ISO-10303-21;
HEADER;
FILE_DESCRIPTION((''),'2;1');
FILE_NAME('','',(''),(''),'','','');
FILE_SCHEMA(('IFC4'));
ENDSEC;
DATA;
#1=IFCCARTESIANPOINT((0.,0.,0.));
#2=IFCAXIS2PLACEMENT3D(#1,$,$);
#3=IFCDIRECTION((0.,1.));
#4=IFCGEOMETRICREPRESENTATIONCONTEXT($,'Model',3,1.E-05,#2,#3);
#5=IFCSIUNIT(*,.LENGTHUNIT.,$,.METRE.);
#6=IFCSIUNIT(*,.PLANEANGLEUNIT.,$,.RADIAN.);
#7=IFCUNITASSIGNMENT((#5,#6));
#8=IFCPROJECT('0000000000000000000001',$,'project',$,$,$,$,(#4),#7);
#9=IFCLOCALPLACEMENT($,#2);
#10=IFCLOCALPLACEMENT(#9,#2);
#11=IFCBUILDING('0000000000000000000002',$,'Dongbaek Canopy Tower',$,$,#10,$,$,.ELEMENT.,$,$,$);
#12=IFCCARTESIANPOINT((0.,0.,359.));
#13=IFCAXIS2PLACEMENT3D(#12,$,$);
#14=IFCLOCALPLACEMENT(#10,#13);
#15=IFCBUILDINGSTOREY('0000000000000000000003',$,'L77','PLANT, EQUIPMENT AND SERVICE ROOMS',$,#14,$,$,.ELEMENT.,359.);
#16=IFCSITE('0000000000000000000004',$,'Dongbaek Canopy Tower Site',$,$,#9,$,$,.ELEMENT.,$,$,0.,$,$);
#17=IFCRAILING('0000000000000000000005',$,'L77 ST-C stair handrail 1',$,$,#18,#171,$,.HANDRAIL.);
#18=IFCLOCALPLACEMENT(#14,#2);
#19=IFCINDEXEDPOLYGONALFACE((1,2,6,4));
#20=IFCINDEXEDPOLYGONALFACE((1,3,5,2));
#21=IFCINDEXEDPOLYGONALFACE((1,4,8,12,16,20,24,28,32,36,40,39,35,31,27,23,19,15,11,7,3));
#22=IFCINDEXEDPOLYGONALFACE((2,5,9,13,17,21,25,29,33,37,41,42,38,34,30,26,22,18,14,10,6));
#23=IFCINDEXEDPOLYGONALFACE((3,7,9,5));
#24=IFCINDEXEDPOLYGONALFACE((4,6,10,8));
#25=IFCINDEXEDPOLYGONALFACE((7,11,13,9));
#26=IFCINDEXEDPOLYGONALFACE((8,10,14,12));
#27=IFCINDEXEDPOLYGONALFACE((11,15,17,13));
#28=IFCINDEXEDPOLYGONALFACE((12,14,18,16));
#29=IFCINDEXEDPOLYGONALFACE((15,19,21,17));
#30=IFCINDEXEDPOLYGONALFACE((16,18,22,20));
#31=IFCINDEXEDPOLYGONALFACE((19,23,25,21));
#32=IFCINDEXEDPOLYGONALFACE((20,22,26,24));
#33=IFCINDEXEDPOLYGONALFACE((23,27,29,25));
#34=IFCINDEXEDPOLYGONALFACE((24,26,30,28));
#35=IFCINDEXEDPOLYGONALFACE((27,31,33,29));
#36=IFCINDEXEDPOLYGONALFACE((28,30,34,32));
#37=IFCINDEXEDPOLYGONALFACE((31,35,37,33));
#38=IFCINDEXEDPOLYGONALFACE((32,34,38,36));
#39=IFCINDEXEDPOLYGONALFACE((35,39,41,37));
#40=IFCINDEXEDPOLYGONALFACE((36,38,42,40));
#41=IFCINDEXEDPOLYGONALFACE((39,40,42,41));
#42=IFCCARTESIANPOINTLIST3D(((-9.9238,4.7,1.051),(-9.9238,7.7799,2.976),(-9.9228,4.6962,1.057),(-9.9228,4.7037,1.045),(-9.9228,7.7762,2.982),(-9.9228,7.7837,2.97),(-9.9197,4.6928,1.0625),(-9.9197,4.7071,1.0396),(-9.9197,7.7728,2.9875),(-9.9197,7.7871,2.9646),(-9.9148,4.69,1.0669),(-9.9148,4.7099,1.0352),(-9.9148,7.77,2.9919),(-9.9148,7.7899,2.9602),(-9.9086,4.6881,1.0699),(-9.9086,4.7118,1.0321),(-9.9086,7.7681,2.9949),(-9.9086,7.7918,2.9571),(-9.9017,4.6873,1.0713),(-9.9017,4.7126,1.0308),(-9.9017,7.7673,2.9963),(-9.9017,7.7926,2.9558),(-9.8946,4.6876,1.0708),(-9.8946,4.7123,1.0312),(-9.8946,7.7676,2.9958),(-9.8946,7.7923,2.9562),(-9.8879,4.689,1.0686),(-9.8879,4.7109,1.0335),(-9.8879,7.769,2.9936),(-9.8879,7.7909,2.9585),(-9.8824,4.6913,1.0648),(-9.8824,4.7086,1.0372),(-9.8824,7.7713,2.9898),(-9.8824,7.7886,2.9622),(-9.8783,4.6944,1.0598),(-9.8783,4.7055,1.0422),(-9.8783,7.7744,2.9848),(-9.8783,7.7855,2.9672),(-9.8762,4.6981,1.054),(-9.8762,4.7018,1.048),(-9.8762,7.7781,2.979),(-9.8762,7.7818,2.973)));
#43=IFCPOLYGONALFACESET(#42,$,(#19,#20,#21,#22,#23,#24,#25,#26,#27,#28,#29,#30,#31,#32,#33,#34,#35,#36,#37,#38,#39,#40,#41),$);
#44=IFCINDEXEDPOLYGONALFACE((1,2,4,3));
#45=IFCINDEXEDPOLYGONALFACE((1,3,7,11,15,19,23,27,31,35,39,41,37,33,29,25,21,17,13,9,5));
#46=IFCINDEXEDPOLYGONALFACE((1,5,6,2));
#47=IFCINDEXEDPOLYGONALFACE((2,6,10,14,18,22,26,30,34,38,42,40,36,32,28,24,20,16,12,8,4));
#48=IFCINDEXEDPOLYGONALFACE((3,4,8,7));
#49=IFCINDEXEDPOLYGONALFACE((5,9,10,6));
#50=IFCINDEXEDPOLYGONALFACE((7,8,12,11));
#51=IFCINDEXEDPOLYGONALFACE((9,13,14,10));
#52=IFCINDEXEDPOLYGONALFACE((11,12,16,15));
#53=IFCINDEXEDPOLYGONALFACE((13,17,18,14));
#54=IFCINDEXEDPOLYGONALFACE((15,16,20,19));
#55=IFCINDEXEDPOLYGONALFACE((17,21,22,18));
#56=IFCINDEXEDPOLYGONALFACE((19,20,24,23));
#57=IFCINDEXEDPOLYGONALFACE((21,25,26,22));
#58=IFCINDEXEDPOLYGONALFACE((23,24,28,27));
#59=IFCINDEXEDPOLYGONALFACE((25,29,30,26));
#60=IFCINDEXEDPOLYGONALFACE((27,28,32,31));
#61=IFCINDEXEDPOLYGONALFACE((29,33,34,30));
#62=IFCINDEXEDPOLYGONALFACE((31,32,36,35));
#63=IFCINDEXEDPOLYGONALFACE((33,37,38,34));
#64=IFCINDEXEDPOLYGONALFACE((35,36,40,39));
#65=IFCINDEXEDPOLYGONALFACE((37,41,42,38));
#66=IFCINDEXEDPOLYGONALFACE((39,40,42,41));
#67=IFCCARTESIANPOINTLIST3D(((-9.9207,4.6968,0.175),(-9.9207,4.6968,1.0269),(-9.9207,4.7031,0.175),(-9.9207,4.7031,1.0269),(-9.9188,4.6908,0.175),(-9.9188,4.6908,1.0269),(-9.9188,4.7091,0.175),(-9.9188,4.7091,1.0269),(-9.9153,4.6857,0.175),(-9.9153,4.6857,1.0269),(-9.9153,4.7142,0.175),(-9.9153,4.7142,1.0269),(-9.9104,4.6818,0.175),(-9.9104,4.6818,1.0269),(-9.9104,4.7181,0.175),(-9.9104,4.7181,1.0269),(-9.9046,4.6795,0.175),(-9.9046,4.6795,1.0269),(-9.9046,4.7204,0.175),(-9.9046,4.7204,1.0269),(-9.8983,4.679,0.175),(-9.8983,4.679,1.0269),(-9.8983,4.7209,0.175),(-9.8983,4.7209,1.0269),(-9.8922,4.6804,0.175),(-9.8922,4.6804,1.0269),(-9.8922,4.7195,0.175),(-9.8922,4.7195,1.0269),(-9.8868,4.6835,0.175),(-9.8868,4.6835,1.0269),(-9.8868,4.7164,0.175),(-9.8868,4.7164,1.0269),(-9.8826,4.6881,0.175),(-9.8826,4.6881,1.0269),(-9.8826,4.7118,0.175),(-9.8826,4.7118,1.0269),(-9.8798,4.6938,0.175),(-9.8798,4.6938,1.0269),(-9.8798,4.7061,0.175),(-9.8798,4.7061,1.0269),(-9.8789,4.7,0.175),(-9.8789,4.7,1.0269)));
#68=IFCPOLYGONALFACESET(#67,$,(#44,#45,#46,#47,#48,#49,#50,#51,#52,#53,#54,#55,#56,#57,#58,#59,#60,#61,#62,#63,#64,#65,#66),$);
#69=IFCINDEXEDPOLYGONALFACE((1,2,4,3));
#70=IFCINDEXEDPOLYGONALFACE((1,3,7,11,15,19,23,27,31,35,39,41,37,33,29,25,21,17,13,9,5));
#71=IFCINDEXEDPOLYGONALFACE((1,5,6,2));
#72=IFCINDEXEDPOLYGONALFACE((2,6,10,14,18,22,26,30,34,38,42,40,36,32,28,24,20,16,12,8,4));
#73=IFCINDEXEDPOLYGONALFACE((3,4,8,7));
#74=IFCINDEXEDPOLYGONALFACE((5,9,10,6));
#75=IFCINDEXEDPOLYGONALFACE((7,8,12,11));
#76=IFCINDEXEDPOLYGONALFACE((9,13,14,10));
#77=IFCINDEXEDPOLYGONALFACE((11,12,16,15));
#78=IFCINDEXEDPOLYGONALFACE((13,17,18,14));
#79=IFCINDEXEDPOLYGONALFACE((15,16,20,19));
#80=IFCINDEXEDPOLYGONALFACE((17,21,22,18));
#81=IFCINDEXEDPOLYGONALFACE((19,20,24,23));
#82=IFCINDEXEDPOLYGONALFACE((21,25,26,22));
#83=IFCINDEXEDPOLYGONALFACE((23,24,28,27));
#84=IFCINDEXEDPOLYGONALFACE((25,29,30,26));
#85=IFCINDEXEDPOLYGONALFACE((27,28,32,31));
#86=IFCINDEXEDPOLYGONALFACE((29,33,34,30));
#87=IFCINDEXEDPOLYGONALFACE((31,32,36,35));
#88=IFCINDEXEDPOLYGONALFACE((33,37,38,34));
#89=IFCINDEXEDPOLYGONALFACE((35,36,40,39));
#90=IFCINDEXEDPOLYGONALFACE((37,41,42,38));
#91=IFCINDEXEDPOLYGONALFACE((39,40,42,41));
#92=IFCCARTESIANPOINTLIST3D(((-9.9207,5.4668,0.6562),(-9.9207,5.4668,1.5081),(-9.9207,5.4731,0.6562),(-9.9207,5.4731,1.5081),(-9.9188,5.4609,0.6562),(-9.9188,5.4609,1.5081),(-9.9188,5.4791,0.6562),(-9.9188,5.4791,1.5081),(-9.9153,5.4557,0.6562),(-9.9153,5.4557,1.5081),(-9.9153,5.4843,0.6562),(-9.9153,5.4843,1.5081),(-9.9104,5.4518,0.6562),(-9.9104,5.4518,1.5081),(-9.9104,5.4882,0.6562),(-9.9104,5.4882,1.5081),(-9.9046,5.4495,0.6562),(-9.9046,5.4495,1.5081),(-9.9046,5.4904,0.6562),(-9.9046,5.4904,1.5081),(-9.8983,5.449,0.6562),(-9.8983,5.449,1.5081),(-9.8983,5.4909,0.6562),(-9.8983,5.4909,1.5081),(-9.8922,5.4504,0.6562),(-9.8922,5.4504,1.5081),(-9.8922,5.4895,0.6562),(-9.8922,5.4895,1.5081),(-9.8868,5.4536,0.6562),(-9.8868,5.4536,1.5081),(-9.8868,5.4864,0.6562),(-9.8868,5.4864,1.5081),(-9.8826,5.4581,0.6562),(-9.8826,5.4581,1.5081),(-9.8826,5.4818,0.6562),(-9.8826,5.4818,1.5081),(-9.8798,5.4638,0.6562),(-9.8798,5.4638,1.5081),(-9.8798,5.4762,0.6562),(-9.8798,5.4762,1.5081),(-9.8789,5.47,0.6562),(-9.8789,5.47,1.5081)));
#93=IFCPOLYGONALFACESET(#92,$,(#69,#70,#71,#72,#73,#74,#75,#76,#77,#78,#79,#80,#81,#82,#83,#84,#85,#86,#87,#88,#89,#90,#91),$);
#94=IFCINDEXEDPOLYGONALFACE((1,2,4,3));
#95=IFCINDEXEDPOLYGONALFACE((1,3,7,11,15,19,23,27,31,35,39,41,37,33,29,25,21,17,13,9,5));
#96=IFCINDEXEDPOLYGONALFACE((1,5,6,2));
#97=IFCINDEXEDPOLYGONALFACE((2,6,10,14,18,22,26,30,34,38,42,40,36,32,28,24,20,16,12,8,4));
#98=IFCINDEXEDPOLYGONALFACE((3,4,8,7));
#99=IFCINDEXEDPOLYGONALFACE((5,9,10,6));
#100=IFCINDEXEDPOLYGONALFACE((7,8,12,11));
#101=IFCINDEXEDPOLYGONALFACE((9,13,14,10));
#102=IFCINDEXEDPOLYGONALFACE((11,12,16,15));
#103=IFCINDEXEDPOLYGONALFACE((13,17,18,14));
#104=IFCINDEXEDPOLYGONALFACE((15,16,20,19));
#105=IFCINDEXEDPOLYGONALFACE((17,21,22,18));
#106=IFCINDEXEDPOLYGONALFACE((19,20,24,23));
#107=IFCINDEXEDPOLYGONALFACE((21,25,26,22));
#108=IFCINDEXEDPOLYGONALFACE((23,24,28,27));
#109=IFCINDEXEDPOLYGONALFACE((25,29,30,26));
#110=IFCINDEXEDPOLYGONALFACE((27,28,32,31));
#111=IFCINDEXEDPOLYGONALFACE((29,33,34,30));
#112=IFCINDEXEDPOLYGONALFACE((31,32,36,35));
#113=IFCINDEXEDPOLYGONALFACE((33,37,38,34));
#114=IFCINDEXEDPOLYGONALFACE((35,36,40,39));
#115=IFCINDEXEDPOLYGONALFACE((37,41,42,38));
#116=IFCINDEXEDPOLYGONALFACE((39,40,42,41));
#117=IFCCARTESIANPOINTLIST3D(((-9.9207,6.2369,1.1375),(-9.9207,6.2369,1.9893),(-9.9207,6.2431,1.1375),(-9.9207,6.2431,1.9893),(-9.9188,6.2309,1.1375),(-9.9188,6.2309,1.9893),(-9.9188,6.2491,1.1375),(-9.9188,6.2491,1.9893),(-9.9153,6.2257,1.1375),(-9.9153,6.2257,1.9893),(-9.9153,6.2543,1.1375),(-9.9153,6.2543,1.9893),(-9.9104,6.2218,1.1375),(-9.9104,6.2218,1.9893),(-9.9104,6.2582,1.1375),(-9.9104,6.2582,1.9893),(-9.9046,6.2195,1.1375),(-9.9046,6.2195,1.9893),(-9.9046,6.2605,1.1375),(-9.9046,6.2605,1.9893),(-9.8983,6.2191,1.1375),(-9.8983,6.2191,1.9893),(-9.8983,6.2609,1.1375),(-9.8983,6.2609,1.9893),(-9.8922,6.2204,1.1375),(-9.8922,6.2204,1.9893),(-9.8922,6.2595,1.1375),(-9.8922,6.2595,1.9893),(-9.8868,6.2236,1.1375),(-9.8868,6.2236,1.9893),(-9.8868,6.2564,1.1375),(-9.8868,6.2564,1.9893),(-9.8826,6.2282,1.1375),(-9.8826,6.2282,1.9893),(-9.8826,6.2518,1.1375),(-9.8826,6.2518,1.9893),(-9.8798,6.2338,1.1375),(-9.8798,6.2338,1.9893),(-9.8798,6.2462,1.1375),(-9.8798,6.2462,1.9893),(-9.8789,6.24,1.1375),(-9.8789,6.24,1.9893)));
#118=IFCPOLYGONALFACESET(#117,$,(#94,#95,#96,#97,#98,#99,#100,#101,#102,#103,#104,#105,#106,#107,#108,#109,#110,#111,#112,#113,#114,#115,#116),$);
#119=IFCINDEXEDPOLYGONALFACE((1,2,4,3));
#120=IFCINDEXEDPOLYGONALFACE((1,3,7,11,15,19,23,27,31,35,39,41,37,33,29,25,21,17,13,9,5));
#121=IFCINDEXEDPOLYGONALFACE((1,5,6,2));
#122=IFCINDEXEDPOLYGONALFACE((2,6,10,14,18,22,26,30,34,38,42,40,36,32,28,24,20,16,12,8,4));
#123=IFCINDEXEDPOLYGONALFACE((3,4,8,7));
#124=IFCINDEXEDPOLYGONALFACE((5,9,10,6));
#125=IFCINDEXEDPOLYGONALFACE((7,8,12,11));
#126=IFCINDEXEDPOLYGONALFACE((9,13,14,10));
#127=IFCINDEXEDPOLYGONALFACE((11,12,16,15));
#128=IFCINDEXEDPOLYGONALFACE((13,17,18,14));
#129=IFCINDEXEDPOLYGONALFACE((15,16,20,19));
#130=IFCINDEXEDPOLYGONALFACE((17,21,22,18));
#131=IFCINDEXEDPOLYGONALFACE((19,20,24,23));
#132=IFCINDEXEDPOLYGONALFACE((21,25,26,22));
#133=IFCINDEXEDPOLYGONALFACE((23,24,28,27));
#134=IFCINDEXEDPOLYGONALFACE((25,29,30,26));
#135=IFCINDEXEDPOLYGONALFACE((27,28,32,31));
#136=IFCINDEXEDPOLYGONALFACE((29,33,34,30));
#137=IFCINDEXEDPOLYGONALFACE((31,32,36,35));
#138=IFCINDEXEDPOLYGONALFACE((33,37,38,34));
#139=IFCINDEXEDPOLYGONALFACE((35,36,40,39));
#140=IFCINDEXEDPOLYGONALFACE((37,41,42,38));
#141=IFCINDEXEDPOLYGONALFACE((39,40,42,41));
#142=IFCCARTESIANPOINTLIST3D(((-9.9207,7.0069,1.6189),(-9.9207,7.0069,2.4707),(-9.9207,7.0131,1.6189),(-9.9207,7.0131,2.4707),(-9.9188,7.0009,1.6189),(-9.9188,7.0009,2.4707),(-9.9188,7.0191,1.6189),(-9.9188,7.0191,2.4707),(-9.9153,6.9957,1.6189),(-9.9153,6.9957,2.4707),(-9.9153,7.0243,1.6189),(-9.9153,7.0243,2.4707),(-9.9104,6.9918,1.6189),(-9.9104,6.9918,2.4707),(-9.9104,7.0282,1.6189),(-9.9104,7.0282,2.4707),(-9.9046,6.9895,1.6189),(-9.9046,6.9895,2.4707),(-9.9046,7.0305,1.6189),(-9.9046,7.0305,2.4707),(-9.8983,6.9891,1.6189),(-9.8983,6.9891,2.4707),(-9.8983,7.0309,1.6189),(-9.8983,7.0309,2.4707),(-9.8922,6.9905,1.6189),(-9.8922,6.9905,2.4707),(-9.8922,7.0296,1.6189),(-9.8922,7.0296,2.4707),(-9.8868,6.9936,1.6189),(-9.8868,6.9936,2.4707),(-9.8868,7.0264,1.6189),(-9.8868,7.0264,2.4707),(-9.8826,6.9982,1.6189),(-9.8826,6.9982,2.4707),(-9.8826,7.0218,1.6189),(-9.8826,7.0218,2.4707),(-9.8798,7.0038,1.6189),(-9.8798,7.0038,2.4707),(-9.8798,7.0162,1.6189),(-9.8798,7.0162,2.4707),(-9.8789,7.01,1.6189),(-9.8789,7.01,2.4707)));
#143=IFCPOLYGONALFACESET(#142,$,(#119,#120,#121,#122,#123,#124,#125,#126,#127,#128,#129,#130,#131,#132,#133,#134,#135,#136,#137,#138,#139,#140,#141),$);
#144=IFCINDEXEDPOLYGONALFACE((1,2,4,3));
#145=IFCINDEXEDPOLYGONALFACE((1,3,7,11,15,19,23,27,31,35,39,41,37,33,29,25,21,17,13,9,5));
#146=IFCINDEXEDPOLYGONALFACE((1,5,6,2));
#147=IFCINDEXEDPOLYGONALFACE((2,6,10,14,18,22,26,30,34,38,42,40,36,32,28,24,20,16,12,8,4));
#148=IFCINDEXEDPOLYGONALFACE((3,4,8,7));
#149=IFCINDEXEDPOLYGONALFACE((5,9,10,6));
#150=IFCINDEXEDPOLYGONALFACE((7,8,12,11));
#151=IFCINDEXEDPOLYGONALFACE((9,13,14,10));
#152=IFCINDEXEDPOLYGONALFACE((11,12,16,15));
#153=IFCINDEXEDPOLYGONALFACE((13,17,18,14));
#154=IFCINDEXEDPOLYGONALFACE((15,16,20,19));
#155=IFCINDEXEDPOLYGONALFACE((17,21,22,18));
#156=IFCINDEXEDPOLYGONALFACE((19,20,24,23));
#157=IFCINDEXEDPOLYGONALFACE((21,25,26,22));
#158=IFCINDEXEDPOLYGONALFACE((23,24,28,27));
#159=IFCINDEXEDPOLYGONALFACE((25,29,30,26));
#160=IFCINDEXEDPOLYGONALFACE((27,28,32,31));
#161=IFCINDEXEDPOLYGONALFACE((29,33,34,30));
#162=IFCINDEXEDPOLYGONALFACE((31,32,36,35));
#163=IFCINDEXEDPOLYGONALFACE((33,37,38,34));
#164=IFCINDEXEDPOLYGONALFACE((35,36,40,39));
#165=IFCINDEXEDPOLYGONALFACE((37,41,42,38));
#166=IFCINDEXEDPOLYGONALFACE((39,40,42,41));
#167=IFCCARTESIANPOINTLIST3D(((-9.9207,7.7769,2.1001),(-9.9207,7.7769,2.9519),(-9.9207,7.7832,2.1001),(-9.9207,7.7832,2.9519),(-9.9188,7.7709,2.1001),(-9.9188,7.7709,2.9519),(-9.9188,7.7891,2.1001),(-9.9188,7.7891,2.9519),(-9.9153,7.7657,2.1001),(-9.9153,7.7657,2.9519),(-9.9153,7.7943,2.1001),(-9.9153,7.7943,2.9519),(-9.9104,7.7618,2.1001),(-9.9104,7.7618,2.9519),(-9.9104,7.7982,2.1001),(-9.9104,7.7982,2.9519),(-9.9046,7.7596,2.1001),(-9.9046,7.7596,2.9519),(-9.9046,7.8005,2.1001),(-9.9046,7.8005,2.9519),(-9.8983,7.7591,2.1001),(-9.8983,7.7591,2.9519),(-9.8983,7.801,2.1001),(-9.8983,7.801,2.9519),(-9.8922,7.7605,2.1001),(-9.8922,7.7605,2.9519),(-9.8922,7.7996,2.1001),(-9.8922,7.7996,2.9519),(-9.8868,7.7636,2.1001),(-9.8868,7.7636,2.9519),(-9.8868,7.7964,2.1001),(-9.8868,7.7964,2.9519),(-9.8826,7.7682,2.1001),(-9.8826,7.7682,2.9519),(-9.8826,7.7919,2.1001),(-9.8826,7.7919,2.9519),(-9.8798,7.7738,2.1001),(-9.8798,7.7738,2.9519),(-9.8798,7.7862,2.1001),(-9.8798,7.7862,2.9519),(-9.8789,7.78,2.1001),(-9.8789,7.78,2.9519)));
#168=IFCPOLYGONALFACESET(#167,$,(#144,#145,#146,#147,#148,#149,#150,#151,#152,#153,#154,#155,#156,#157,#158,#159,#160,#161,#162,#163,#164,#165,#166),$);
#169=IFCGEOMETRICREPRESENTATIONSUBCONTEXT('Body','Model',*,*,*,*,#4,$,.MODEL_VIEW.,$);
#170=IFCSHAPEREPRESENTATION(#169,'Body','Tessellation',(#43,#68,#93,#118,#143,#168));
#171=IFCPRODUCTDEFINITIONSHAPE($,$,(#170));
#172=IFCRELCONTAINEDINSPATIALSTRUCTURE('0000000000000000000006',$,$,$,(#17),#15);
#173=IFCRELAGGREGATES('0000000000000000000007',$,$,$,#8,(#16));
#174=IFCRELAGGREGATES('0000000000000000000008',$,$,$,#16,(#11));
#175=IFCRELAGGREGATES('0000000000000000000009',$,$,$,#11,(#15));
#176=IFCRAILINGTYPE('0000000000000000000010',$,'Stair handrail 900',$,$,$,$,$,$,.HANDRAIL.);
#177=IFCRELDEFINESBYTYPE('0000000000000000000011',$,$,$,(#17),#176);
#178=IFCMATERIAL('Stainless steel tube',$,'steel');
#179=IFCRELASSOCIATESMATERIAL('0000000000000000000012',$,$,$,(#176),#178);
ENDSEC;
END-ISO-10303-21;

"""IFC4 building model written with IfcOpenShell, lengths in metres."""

from ifc_helpers import new_model, si_unit, direction, frame, origin, origin_2d, place, context, subcontext, project, spatial, circle, extrude, material, type_object, element, save


model = new_model("IFC4")

# Units and contexts
model_context = context("Model", 3, precision=1e-05, world=origin(), true_north=direction((0.0, 1.0)))
body_context = subcontext(model_context, "Body", "Model", "MODEL_VIEW")
ifc_project = project(units=[si_unit("LENGTHUNIT", "METRE"), si_unit("PLANEANGLEUNIT", "RADIAN")], contexts=[model_context])

# Site, building, storey
site_placement = place(None, origin())
site = spatial("IfcSite", under=ifc_project, at=site_placement, Name="Dongbaek Canopy Tower Site", CompositionType="ELEMENT", RefElevation=0.0)
building_placement = place(site_placement, origin())
building = spatial("IfcBuilding", under=site, at=building_placement, Name="Dongbaek Canopy Tower", CompositionType="ELEMENT")
storey_placement = place(building_placement, frame((0.0, 0.0, 359.0)))
storey = spatial("IfcBuildingStorey", under=building, at=storey_placement, Name="L77", Description="PLANT, EQUIPMENT AND SERVICE ROOMS", CompositionType="ELEMENT", Elevation=359.0)

# Railing
ifc_material_1 = material(Name="Stainless steel tube", Category="steel")
railing_type_1 = type_object("IfcRailingType", Name="Stair handrail 900", PredefinedType="HANDRAIL", material=ifc_material_1)
railing_1_placement = place(storey_placement, frame((-9.8999, 4.7, 0.175)))
element("IfcRailing", 1, at=railing_1_placement, inside=storey, type_object=railing_type_1, Name="L77 ST-C stair handrail 1", PredefinedType="HANDRAIL", context=body_context, shape_type="SweptSolid", body=[
    extrude(circle(Radius=0.0239, at=origin_2d()), frame((0.0, 0.0, 0.876), z_axis=(0.0, 0.847998, 0.529999), x_axis=(-1.0, 0.0, 0.0)), (0.0, 0.0, 1.0), 3.6321),
    extrude(circle(Radius=0.021, at=origin_2d()), origin(), (0.0, 0.0, 1.0), 0.8518),
    extrude(circle(Radius=0.021, at=origin_2d()), frame((0.0, 0.77, 0.4812)), (0.0, 0.0, 1.0), 0.8518),
    extrude(circle(Radius=0.021, at=origin_2d()), frame((0.0, 1.54, 0.9624)), (0.0, 0.0, 1.0), 0.8518),
    extrude(circle(Radius=0.021, at=origin_2d()), frame((0.0, 2.3101, 1.4438)), (0.0, 0.0, 1.0), 0.8518),
    extrude(circle(Radius=0.021, at=origin_2d()), frame((0.0, 3.0801, 1.925)), (0.0, 0.0, 1.0), 0.8518),
])

save(model, "model.ifc")
